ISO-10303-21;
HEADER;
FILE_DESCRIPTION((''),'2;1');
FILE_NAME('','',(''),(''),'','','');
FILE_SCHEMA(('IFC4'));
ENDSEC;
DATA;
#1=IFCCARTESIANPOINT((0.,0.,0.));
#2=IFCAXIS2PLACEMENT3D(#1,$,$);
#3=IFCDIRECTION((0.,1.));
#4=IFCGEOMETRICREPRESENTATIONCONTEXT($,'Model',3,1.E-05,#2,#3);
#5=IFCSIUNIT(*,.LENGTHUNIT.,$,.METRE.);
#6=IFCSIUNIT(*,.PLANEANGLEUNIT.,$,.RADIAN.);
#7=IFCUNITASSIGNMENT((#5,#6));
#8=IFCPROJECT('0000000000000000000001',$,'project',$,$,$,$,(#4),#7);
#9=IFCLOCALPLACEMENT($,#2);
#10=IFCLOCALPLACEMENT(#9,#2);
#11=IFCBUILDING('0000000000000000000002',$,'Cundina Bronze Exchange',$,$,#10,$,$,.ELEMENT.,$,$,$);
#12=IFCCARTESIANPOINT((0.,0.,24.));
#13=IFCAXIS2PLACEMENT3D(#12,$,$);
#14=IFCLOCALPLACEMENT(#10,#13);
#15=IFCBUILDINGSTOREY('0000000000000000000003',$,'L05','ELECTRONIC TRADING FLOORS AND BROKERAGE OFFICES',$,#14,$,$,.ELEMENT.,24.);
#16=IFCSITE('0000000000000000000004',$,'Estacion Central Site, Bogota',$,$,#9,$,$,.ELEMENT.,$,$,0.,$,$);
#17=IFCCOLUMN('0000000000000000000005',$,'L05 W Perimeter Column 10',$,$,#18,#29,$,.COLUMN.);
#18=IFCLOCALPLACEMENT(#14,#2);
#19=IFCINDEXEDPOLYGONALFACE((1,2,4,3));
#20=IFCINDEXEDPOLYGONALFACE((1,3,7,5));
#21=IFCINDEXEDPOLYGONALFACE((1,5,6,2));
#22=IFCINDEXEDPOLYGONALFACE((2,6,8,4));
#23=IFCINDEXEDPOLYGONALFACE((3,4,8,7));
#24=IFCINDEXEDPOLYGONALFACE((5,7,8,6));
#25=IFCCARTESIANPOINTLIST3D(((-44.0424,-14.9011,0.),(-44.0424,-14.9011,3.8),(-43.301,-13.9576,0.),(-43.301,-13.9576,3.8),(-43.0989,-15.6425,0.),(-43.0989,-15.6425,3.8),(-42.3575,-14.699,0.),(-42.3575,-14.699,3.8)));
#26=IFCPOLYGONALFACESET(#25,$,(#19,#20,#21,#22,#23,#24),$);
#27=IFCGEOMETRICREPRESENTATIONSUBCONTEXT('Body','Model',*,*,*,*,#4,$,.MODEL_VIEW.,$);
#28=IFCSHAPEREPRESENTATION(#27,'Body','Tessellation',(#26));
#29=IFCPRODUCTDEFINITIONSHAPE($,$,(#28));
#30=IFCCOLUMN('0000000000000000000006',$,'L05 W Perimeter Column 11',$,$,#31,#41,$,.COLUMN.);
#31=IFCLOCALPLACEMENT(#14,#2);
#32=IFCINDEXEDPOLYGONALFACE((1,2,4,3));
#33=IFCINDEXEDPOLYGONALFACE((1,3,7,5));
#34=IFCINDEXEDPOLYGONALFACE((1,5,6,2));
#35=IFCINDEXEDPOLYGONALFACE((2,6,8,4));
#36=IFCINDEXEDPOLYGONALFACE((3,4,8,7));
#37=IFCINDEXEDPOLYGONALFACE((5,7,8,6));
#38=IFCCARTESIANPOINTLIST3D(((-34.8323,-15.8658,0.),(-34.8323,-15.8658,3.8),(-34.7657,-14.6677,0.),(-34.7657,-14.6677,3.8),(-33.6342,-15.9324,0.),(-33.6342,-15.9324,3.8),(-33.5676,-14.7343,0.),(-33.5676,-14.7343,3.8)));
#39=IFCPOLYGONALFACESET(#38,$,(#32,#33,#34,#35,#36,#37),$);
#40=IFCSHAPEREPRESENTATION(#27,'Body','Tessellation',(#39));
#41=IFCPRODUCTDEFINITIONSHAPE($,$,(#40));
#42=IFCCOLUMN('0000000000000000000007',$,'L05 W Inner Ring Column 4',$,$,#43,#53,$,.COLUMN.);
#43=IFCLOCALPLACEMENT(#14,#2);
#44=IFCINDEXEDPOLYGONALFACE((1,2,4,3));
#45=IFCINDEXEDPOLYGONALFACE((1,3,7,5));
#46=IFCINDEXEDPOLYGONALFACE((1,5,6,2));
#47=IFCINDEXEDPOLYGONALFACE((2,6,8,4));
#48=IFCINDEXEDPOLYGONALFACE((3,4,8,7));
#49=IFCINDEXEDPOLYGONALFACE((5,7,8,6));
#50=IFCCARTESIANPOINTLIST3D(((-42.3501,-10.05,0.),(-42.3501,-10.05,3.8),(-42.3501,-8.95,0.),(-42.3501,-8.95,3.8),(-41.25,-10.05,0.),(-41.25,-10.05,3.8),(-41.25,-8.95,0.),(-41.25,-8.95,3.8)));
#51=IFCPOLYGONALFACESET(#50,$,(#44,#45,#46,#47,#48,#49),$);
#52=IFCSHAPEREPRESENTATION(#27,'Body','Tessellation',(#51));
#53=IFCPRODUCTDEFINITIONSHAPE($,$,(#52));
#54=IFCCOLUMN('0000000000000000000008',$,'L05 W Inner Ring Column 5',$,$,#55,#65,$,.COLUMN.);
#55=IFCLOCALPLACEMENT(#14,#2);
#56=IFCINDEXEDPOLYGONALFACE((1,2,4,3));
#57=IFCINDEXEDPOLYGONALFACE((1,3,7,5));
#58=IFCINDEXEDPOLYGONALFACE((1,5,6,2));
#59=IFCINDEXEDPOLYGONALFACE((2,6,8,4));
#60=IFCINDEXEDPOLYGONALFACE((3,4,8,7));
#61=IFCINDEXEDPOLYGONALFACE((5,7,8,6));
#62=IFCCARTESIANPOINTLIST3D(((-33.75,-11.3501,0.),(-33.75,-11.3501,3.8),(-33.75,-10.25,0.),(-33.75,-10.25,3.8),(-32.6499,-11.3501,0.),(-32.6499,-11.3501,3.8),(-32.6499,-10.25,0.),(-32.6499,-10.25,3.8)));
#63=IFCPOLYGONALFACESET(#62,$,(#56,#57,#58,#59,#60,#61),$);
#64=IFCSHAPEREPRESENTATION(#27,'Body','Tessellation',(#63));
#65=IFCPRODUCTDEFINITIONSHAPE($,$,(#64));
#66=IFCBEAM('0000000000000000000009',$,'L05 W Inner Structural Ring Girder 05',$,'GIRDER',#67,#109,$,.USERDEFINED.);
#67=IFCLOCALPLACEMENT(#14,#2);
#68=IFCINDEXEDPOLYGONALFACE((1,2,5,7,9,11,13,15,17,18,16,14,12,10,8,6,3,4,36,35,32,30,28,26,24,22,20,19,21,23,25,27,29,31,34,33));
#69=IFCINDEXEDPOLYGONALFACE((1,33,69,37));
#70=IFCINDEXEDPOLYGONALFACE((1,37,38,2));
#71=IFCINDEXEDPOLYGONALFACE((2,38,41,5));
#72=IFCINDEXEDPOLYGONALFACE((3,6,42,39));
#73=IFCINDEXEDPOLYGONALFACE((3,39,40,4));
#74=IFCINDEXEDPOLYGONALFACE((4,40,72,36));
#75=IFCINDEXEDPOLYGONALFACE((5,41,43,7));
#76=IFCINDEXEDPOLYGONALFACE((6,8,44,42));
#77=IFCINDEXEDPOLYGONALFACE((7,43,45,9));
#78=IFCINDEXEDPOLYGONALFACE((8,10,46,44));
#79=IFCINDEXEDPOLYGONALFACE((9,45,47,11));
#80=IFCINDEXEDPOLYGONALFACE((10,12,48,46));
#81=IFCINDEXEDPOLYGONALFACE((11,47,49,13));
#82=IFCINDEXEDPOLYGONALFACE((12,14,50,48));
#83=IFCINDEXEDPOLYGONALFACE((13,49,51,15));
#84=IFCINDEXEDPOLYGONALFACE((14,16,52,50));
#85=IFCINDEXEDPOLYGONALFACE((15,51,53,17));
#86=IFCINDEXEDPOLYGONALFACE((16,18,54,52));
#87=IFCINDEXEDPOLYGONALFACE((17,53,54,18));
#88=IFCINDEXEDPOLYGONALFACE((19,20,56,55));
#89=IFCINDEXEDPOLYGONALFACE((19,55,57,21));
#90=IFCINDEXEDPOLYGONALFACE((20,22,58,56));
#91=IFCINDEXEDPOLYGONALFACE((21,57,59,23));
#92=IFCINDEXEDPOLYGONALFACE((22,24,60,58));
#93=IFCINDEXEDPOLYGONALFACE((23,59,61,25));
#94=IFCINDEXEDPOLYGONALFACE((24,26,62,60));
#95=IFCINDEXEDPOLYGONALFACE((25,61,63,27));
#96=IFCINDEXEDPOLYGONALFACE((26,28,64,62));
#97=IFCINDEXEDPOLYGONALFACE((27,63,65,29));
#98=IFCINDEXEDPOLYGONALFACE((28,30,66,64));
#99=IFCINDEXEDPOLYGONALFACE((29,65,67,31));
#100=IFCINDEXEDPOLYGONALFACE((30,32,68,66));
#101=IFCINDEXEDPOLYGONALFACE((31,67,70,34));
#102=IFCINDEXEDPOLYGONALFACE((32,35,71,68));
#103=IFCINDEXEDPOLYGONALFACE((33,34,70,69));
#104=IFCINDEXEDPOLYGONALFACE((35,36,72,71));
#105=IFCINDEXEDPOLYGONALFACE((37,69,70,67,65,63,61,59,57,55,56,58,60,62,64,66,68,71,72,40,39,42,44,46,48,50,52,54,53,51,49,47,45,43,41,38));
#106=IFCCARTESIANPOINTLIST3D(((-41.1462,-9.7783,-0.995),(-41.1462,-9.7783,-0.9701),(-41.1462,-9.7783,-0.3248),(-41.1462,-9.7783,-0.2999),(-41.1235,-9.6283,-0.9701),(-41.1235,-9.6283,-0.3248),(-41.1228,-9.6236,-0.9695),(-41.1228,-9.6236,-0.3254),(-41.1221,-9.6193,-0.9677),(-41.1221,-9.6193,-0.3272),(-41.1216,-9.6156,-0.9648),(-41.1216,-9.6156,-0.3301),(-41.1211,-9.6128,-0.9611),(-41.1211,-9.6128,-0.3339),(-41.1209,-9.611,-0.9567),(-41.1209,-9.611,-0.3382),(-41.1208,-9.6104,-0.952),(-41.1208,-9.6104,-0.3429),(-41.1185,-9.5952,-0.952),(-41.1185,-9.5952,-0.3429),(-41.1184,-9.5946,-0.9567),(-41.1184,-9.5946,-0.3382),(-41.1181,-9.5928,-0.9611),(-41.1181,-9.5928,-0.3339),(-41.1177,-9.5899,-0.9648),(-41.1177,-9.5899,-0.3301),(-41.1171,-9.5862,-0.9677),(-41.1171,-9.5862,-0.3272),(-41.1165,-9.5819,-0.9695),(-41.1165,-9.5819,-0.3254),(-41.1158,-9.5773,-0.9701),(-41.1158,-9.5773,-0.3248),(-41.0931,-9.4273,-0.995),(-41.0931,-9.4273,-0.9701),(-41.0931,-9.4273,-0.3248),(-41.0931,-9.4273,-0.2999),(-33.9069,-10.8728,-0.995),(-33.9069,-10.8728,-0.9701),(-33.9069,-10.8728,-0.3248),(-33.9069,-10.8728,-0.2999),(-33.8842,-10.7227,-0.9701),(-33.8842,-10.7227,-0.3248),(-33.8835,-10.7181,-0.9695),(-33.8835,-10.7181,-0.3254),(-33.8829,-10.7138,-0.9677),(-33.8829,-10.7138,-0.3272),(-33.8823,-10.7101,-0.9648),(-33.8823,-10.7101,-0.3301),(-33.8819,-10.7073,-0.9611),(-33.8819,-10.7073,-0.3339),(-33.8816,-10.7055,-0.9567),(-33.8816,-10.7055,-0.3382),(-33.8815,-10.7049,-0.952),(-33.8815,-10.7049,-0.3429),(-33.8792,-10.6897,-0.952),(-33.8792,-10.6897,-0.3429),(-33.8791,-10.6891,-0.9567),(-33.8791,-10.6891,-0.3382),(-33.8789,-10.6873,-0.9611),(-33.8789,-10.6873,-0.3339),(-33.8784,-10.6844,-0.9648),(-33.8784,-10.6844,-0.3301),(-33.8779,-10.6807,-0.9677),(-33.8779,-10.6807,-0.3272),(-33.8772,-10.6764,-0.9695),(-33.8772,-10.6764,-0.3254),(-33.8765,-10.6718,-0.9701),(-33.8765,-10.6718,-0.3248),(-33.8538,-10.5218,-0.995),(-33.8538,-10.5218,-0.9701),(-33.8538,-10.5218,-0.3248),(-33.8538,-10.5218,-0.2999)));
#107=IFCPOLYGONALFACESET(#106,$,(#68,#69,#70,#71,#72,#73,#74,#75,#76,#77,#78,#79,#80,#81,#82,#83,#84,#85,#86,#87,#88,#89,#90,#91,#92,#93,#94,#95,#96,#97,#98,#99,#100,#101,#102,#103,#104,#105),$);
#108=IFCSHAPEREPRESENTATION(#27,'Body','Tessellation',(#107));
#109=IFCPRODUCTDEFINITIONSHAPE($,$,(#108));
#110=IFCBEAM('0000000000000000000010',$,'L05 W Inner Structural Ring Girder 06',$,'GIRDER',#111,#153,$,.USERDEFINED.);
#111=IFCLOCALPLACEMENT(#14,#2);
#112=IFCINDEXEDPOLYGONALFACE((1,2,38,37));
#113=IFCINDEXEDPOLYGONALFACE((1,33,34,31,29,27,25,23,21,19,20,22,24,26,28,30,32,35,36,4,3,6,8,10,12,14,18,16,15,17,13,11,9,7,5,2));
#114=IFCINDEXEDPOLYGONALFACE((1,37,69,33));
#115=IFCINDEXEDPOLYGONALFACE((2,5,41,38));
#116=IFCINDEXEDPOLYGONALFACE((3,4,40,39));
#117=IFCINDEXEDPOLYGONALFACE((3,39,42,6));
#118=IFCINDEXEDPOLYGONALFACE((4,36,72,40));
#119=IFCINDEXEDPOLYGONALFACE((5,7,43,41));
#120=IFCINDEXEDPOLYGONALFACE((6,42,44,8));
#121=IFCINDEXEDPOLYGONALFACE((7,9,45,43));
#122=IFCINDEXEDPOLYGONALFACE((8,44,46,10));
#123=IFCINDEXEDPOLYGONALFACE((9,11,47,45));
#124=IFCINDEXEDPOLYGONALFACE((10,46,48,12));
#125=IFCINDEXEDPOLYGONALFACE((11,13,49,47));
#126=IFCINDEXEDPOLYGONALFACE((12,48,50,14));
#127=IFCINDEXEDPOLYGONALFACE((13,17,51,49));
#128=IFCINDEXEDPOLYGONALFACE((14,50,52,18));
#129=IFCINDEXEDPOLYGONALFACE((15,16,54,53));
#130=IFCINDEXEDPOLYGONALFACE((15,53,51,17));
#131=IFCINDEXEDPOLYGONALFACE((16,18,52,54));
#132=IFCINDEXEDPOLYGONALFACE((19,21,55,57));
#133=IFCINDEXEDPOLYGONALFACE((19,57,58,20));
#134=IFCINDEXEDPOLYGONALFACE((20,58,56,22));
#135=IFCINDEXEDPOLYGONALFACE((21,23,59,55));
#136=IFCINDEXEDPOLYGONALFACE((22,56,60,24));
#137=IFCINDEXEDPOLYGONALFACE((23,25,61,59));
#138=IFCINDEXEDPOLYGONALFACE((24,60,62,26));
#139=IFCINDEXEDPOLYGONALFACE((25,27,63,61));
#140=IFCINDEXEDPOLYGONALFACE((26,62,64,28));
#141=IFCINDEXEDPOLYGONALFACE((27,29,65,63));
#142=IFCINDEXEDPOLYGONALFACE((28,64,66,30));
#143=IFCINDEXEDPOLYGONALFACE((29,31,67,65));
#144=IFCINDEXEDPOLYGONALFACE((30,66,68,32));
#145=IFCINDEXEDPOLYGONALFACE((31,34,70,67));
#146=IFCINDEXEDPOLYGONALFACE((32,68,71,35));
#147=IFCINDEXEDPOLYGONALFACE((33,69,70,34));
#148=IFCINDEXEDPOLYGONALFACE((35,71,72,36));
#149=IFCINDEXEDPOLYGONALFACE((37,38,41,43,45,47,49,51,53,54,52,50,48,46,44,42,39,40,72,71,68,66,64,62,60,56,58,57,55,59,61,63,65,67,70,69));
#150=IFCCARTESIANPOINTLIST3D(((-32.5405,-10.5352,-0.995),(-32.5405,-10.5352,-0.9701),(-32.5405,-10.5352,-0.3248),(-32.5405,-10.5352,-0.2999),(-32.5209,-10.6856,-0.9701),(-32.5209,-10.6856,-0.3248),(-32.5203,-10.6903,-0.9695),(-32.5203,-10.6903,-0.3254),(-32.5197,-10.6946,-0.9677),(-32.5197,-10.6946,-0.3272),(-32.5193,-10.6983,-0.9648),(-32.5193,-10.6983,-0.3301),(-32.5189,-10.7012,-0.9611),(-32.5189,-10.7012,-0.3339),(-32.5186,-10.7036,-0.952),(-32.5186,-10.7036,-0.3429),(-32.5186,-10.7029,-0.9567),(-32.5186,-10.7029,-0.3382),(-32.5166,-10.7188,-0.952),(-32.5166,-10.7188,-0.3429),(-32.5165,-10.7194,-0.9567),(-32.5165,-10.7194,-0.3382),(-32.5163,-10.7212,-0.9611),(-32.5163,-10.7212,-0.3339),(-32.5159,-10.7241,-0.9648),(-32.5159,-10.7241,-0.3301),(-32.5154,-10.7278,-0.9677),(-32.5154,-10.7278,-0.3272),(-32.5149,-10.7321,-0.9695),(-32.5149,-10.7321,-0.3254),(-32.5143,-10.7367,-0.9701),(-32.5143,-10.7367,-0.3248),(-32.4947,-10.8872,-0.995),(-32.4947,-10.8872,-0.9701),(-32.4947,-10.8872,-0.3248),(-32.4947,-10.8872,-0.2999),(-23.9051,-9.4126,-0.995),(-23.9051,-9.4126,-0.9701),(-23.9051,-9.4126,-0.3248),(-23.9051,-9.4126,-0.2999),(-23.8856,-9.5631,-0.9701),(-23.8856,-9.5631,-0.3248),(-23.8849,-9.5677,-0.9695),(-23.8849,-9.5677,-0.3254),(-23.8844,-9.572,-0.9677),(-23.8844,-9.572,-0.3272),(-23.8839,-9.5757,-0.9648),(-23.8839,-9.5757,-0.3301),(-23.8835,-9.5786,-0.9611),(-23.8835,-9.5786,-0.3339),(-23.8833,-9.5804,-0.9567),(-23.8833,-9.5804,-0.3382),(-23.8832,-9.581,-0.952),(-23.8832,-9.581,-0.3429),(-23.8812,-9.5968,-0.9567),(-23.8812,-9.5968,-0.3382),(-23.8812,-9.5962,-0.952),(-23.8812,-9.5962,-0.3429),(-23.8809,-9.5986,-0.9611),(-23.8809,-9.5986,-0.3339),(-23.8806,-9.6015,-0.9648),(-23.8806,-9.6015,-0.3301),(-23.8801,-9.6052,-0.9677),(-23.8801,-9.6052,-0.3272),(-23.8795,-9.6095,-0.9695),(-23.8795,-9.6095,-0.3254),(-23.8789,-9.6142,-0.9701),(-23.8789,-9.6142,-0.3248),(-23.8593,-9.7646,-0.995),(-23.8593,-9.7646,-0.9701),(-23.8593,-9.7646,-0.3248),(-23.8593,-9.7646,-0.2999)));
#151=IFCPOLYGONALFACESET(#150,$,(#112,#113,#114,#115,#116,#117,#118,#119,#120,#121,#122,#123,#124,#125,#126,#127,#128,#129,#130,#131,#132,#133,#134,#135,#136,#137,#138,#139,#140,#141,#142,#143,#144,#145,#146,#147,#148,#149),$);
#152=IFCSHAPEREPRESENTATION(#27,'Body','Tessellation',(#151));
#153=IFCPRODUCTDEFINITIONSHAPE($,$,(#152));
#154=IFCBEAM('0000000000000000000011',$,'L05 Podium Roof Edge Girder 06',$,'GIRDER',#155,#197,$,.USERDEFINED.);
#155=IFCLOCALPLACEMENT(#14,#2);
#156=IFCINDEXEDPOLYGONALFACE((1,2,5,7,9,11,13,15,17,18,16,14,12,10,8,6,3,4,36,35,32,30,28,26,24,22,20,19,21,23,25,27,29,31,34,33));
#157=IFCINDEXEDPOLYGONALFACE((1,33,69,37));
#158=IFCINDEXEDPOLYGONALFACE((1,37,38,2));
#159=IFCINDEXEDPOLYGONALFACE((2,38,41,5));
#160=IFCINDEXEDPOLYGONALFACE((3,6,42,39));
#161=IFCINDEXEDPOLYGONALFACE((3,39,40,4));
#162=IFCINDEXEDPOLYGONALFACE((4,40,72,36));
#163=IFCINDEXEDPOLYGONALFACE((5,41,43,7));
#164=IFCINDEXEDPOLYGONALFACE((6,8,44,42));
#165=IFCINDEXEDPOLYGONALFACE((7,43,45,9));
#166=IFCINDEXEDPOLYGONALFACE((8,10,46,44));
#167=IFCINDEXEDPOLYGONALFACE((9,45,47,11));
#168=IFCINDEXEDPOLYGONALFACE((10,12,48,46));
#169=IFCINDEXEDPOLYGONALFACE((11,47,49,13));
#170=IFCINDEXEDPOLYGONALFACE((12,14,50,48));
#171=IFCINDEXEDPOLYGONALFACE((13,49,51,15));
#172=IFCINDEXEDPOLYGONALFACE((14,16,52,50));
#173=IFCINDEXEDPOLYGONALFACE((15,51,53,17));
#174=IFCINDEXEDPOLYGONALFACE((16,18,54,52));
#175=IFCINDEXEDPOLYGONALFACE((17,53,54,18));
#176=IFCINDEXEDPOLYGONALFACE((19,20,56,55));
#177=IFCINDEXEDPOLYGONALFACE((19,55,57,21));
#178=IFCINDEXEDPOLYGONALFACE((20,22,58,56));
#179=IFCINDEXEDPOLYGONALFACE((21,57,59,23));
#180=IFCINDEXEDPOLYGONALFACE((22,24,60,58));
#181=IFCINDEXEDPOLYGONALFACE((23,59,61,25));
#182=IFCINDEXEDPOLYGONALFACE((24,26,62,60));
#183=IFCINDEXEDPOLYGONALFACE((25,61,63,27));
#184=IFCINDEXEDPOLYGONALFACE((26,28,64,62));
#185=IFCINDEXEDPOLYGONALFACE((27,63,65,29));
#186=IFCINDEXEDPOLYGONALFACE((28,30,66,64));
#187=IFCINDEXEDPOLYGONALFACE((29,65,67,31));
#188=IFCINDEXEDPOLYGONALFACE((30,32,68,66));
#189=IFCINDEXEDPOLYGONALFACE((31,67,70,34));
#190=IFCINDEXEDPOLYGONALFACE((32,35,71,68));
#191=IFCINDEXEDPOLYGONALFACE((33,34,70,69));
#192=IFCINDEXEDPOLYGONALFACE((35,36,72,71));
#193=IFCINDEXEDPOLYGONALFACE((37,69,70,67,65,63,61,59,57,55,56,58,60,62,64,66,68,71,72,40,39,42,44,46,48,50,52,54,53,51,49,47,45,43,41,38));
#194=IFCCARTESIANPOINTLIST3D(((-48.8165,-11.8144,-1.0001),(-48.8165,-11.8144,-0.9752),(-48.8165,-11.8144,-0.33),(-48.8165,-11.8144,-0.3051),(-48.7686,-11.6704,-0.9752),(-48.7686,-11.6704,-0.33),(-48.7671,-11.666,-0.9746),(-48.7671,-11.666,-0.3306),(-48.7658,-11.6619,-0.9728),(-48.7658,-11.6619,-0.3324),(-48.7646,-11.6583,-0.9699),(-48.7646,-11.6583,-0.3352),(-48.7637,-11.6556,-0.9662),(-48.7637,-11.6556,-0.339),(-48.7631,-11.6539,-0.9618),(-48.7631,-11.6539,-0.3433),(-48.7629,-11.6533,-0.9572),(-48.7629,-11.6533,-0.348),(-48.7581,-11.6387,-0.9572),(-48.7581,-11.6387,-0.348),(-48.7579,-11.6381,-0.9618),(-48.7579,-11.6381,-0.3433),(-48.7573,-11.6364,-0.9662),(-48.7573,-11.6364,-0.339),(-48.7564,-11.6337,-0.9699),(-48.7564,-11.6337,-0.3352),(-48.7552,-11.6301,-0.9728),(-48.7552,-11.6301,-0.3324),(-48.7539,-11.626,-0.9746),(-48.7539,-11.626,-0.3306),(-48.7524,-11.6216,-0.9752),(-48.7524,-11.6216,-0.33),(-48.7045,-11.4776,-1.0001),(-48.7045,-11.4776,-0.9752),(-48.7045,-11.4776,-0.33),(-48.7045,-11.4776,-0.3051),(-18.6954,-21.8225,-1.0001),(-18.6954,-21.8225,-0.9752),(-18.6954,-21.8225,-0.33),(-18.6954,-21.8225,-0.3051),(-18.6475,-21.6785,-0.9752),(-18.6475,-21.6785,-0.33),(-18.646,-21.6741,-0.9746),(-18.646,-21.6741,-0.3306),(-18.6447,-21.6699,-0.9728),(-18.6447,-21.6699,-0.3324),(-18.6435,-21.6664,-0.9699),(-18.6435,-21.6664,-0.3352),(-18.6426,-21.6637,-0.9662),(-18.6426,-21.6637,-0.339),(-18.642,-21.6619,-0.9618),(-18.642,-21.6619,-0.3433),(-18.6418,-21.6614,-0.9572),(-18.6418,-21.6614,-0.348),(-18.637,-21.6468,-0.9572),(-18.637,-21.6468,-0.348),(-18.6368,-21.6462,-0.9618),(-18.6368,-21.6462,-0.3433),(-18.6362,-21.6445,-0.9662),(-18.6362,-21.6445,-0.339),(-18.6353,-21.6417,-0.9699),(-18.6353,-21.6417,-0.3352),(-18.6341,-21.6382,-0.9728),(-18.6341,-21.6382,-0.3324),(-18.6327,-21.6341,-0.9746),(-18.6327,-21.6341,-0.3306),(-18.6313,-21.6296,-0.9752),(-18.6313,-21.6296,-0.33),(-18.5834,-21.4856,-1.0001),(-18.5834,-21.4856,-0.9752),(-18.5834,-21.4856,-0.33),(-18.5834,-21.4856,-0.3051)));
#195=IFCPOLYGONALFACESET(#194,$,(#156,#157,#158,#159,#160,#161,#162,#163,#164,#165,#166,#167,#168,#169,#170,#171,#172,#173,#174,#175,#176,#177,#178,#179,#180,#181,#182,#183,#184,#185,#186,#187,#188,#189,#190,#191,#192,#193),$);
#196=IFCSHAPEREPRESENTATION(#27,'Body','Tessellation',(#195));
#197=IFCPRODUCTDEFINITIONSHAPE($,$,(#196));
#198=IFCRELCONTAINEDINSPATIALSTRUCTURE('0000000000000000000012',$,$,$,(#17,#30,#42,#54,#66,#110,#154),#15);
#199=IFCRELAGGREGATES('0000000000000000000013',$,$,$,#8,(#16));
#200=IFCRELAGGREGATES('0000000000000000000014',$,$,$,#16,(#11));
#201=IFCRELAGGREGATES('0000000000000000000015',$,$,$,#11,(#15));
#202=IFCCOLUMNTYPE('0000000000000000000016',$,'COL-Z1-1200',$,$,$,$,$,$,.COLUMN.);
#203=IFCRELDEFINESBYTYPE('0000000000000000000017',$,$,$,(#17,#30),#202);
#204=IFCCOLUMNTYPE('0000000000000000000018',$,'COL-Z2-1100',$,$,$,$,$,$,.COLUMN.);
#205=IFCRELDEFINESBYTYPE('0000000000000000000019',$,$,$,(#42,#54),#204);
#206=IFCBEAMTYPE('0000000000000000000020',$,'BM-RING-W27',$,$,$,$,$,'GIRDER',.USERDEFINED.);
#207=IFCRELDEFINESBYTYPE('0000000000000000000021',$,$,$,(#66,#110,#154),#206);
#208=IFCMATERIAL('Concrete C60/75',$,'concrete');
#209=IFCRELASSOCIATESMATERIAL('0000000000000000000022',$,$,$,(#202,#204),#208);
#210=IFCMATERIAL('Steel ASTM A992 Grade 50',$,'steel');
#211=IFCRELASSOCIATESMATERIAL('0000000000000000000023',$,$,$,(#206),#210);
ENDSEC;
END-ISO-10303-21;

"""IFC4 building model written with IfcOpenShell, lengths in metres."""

from ifc_helpers import new_model, si_unit, direction, frame, origin, origin_2d, place, context, subcontext, project, spatial, rectangle, i_section, extrude, material, material_profile, profile_set, type_object, element, save


model = new_model("IFC4")

# Units and contexts
model_context = context("Model", 3, precision=1e-05, world=origin(), true_north=direction((0.0, 1.0)))
body_context = subcontext(model_context, "Body", "Model", "MODEL_VIEW")
ifc_project = project(units=[si_unit("LENGTHUNIT", "METRE"), si_unit("PLANEANGLEUNIT", "RADIAN")], contexts=[model_context])

# Site, building, storey
site_placement = place(None, origin())
site = spatial("IfcSite", under=ifc_project, at=site_placement, Name="Estacion Central Site, Bogota", CompositionType="ELEMENT", RefElevation=0.0)
building_placement = place(site_placement, origin())
building = spatial("IfcBuilding", under=site, at=building_placement, Name="Cundina Bronze Exchange", CompositionType="ELEMENT")
storey_placement = place(building_placement, frame((0.0, 0.0, 24.0)))
storey = spatial("IfcBuildingStorey", under=building, at=storey_placement, Name="L05", Description="ELECTRONIC TRADING FLOORS AND BROKERAGE OFFICES", CompositionType="ELEMENT", Elevation=24.0)

# Columns
ifc_material_1 = material(Name="Concrete C60/75", Category="concrete")
ifc_material_profile_1 = material_profile(ifc_material_1, rectangle(XDim=1.2, YDim=1.2, at=origin_2d()), Name="RC1200X1200", Category="concrete")
ifc_profile_set_1 = profile_set([ifc_material_profile_1], Name="Concrete C60/75")
column_type_1 = type_object("IfcColumnType", Name="COL-Z1-1200", PredefinedType="COLUMN", material=ifc_profile_set_1)
for number, where, z_axis, x_axis, name in (
    (1, (-43.2, -14.8, 0.0), (0.0, 0.0, 1.0), (0.786288, -0.61786, 0.0), "L05 W Perimeter Column 10"),
    (2, (-34.2, -15.3, 0.0), (0.0, 0.0, 1.0), (0.99846, -0.055473, 0.0), "L05 W Perimeter Column 11"),
):
    element("IfcColumn", number, at=place(storey_placement, frame(where, z_axis=z_axis, x_axis=x_axis)), inside=storey, type_object=column_type_1, Name=name, PredefinedType="COLUMN", context=body_context, shape_type="SweptSolid", body=[
        extrude(rectangle(XDim=1.2, YDim=1.2, at=origin_2d()), origin(), (0.0, 0.0, 1.0), 3.8),
    ])
ifc_material_profile_2 = material_profile(ifc_material_1, rectangle(XDim=1.1001, YDim=1.1001, at=origin_2d()), Name="RC1100X1100", Category="concrete")
ifc_profile_set_2 = profile_set([ifc_material_profile_2], Name="Concrete C60/75")
column_type_2 = type_object("IfcColumnType", Name="COL-Z2-1100", PredefinedType="COLUMN", material=ifc_profile_set_2)
for number, where, z_axis, x_axis, name in (
    (3, (-41.8, -9.5, 0.0), (0.0, 0.0, 1.0), (1.0, 0.0, 0.0), "L05 W Inner Ring Column 4"),
    (4, (-33.2, -10.8, 0.0), (0.0, 0.0, 1.0), (1.0, 0.0, 0.0), "L05 W Inner Ring Column 5"),
):
    element("IfcColumn", number, at=place(storey_placement, frame(where, z_axis=z_axis, x_axis=x_axis)), inside=storey, type_object=column_type_2, Name=name, PredefinedType="COLUMN", context=body_context, shape_type="SweptSolid", body=[
        extrude(rectangle(XDim=1.1001, YDim=1.1001, at=origin_2d()), origin(), (0.0, 0.0, 1.0), 3.8),
    ])

# Beams
ifc_material_2 = material(Name="Steel ASTM A992 Grade 50", Category="steel")
ifc_material_profile_3 = material_profile(ifc_material_2, i_section(OverallWidth=0.355, OverallDepth=0.6951, WebThickness=0.0154, FlangeThickness=0.0249, FilletRadius=0.0181, at=origin_2d()), Name="W27X146", Category="steel")
ifc_profile_set_3 = profile_set([ifc_material_profile_3], Name="Steel ASTM A992 Grade 50")
beam_type_1 = type_object("IfcBeamType", Name="BM-RING-W27", ElementType="GIRDER", PredefinedType="USERDEFINED", material=ifc_profile_set_3)
beam_1_placement = place(storey_placement, frame((-41.1196, -9.6028, -0.6475), z_axis=(0.988763, -0.149488, 0.0), x_axis=(0.149488, 0.988763, 0.0)))
element("IfcBeam", 5, at=beam_1_placement, inside=storey, type_object=beam_type_1, Name="L05 W Inner Structural Ring Girder 05", ObjectType="GIRDER", PredefinedType="USERDEFINED", context=body_context, shape_type="SweptSolid", body=[
    extrude(i_section(OverallWidth=0.355, OverallDepth=0.6951, WebThickness=0.0154, FlangeThickness=0.0249, FilletRadius=0.0181, at=origin_2d()), origin(), (0.0, 0.0, 1.0), 7.3215),
])
beam_2_placement = place(storey_placement, frame((-32.5176, -10.7112, -0.6475), z_axis=(0.991656, 0.128912, 0.0), x_axis=(-0.128912, 0.991656, 0.0)))
element("IfcBeam", 6, at=beam_2_placement, inside=storey, type_object=beam_type_1, Name="L05 W Inner Structural Ring Girder 06", ObjectType="GIRDER", PredefinedType="USERDEFINED", context=body_context, shape_type="SweptSolid", body=[
    extrude(i_section(OverallWidth=0.355, OverallDepth=0.6951, WebThickness=0.0154, FlangeThickness=0.0249, FilletRadius=0.0181, at=origin_2d()), origin(), (0.0, 0.0, 1.0), 8.708),
])
beam_3_placement = place(storey_placement, frame((-48.7605, -11.646, -0.6526), z_axis=(0.948988, -0.315312, 0.0), x_axis=(0.315312, 0.948988, 0.0)))
element("IfcBeam", 7, at=beam_3_placement, inside=storey, type_object=beam_type_1, Name="L05 Podium Roof Edge Girder 06", ObjectType="GIRDER", PredefinedType="USERDEFINED", context=body_context, shape_type="SweptSolid", body=[
    extrude(i_section(OverallWidth=0.355, OverallDepth=0.6951, WebThickness=0.0154, FlangeThickness=0.0249, FilletRadius=0.0181, at=origin_2d()), origin(), (0.0, 0.0, 1.0), 31.7402),
])

save(model, "model.ifc")
